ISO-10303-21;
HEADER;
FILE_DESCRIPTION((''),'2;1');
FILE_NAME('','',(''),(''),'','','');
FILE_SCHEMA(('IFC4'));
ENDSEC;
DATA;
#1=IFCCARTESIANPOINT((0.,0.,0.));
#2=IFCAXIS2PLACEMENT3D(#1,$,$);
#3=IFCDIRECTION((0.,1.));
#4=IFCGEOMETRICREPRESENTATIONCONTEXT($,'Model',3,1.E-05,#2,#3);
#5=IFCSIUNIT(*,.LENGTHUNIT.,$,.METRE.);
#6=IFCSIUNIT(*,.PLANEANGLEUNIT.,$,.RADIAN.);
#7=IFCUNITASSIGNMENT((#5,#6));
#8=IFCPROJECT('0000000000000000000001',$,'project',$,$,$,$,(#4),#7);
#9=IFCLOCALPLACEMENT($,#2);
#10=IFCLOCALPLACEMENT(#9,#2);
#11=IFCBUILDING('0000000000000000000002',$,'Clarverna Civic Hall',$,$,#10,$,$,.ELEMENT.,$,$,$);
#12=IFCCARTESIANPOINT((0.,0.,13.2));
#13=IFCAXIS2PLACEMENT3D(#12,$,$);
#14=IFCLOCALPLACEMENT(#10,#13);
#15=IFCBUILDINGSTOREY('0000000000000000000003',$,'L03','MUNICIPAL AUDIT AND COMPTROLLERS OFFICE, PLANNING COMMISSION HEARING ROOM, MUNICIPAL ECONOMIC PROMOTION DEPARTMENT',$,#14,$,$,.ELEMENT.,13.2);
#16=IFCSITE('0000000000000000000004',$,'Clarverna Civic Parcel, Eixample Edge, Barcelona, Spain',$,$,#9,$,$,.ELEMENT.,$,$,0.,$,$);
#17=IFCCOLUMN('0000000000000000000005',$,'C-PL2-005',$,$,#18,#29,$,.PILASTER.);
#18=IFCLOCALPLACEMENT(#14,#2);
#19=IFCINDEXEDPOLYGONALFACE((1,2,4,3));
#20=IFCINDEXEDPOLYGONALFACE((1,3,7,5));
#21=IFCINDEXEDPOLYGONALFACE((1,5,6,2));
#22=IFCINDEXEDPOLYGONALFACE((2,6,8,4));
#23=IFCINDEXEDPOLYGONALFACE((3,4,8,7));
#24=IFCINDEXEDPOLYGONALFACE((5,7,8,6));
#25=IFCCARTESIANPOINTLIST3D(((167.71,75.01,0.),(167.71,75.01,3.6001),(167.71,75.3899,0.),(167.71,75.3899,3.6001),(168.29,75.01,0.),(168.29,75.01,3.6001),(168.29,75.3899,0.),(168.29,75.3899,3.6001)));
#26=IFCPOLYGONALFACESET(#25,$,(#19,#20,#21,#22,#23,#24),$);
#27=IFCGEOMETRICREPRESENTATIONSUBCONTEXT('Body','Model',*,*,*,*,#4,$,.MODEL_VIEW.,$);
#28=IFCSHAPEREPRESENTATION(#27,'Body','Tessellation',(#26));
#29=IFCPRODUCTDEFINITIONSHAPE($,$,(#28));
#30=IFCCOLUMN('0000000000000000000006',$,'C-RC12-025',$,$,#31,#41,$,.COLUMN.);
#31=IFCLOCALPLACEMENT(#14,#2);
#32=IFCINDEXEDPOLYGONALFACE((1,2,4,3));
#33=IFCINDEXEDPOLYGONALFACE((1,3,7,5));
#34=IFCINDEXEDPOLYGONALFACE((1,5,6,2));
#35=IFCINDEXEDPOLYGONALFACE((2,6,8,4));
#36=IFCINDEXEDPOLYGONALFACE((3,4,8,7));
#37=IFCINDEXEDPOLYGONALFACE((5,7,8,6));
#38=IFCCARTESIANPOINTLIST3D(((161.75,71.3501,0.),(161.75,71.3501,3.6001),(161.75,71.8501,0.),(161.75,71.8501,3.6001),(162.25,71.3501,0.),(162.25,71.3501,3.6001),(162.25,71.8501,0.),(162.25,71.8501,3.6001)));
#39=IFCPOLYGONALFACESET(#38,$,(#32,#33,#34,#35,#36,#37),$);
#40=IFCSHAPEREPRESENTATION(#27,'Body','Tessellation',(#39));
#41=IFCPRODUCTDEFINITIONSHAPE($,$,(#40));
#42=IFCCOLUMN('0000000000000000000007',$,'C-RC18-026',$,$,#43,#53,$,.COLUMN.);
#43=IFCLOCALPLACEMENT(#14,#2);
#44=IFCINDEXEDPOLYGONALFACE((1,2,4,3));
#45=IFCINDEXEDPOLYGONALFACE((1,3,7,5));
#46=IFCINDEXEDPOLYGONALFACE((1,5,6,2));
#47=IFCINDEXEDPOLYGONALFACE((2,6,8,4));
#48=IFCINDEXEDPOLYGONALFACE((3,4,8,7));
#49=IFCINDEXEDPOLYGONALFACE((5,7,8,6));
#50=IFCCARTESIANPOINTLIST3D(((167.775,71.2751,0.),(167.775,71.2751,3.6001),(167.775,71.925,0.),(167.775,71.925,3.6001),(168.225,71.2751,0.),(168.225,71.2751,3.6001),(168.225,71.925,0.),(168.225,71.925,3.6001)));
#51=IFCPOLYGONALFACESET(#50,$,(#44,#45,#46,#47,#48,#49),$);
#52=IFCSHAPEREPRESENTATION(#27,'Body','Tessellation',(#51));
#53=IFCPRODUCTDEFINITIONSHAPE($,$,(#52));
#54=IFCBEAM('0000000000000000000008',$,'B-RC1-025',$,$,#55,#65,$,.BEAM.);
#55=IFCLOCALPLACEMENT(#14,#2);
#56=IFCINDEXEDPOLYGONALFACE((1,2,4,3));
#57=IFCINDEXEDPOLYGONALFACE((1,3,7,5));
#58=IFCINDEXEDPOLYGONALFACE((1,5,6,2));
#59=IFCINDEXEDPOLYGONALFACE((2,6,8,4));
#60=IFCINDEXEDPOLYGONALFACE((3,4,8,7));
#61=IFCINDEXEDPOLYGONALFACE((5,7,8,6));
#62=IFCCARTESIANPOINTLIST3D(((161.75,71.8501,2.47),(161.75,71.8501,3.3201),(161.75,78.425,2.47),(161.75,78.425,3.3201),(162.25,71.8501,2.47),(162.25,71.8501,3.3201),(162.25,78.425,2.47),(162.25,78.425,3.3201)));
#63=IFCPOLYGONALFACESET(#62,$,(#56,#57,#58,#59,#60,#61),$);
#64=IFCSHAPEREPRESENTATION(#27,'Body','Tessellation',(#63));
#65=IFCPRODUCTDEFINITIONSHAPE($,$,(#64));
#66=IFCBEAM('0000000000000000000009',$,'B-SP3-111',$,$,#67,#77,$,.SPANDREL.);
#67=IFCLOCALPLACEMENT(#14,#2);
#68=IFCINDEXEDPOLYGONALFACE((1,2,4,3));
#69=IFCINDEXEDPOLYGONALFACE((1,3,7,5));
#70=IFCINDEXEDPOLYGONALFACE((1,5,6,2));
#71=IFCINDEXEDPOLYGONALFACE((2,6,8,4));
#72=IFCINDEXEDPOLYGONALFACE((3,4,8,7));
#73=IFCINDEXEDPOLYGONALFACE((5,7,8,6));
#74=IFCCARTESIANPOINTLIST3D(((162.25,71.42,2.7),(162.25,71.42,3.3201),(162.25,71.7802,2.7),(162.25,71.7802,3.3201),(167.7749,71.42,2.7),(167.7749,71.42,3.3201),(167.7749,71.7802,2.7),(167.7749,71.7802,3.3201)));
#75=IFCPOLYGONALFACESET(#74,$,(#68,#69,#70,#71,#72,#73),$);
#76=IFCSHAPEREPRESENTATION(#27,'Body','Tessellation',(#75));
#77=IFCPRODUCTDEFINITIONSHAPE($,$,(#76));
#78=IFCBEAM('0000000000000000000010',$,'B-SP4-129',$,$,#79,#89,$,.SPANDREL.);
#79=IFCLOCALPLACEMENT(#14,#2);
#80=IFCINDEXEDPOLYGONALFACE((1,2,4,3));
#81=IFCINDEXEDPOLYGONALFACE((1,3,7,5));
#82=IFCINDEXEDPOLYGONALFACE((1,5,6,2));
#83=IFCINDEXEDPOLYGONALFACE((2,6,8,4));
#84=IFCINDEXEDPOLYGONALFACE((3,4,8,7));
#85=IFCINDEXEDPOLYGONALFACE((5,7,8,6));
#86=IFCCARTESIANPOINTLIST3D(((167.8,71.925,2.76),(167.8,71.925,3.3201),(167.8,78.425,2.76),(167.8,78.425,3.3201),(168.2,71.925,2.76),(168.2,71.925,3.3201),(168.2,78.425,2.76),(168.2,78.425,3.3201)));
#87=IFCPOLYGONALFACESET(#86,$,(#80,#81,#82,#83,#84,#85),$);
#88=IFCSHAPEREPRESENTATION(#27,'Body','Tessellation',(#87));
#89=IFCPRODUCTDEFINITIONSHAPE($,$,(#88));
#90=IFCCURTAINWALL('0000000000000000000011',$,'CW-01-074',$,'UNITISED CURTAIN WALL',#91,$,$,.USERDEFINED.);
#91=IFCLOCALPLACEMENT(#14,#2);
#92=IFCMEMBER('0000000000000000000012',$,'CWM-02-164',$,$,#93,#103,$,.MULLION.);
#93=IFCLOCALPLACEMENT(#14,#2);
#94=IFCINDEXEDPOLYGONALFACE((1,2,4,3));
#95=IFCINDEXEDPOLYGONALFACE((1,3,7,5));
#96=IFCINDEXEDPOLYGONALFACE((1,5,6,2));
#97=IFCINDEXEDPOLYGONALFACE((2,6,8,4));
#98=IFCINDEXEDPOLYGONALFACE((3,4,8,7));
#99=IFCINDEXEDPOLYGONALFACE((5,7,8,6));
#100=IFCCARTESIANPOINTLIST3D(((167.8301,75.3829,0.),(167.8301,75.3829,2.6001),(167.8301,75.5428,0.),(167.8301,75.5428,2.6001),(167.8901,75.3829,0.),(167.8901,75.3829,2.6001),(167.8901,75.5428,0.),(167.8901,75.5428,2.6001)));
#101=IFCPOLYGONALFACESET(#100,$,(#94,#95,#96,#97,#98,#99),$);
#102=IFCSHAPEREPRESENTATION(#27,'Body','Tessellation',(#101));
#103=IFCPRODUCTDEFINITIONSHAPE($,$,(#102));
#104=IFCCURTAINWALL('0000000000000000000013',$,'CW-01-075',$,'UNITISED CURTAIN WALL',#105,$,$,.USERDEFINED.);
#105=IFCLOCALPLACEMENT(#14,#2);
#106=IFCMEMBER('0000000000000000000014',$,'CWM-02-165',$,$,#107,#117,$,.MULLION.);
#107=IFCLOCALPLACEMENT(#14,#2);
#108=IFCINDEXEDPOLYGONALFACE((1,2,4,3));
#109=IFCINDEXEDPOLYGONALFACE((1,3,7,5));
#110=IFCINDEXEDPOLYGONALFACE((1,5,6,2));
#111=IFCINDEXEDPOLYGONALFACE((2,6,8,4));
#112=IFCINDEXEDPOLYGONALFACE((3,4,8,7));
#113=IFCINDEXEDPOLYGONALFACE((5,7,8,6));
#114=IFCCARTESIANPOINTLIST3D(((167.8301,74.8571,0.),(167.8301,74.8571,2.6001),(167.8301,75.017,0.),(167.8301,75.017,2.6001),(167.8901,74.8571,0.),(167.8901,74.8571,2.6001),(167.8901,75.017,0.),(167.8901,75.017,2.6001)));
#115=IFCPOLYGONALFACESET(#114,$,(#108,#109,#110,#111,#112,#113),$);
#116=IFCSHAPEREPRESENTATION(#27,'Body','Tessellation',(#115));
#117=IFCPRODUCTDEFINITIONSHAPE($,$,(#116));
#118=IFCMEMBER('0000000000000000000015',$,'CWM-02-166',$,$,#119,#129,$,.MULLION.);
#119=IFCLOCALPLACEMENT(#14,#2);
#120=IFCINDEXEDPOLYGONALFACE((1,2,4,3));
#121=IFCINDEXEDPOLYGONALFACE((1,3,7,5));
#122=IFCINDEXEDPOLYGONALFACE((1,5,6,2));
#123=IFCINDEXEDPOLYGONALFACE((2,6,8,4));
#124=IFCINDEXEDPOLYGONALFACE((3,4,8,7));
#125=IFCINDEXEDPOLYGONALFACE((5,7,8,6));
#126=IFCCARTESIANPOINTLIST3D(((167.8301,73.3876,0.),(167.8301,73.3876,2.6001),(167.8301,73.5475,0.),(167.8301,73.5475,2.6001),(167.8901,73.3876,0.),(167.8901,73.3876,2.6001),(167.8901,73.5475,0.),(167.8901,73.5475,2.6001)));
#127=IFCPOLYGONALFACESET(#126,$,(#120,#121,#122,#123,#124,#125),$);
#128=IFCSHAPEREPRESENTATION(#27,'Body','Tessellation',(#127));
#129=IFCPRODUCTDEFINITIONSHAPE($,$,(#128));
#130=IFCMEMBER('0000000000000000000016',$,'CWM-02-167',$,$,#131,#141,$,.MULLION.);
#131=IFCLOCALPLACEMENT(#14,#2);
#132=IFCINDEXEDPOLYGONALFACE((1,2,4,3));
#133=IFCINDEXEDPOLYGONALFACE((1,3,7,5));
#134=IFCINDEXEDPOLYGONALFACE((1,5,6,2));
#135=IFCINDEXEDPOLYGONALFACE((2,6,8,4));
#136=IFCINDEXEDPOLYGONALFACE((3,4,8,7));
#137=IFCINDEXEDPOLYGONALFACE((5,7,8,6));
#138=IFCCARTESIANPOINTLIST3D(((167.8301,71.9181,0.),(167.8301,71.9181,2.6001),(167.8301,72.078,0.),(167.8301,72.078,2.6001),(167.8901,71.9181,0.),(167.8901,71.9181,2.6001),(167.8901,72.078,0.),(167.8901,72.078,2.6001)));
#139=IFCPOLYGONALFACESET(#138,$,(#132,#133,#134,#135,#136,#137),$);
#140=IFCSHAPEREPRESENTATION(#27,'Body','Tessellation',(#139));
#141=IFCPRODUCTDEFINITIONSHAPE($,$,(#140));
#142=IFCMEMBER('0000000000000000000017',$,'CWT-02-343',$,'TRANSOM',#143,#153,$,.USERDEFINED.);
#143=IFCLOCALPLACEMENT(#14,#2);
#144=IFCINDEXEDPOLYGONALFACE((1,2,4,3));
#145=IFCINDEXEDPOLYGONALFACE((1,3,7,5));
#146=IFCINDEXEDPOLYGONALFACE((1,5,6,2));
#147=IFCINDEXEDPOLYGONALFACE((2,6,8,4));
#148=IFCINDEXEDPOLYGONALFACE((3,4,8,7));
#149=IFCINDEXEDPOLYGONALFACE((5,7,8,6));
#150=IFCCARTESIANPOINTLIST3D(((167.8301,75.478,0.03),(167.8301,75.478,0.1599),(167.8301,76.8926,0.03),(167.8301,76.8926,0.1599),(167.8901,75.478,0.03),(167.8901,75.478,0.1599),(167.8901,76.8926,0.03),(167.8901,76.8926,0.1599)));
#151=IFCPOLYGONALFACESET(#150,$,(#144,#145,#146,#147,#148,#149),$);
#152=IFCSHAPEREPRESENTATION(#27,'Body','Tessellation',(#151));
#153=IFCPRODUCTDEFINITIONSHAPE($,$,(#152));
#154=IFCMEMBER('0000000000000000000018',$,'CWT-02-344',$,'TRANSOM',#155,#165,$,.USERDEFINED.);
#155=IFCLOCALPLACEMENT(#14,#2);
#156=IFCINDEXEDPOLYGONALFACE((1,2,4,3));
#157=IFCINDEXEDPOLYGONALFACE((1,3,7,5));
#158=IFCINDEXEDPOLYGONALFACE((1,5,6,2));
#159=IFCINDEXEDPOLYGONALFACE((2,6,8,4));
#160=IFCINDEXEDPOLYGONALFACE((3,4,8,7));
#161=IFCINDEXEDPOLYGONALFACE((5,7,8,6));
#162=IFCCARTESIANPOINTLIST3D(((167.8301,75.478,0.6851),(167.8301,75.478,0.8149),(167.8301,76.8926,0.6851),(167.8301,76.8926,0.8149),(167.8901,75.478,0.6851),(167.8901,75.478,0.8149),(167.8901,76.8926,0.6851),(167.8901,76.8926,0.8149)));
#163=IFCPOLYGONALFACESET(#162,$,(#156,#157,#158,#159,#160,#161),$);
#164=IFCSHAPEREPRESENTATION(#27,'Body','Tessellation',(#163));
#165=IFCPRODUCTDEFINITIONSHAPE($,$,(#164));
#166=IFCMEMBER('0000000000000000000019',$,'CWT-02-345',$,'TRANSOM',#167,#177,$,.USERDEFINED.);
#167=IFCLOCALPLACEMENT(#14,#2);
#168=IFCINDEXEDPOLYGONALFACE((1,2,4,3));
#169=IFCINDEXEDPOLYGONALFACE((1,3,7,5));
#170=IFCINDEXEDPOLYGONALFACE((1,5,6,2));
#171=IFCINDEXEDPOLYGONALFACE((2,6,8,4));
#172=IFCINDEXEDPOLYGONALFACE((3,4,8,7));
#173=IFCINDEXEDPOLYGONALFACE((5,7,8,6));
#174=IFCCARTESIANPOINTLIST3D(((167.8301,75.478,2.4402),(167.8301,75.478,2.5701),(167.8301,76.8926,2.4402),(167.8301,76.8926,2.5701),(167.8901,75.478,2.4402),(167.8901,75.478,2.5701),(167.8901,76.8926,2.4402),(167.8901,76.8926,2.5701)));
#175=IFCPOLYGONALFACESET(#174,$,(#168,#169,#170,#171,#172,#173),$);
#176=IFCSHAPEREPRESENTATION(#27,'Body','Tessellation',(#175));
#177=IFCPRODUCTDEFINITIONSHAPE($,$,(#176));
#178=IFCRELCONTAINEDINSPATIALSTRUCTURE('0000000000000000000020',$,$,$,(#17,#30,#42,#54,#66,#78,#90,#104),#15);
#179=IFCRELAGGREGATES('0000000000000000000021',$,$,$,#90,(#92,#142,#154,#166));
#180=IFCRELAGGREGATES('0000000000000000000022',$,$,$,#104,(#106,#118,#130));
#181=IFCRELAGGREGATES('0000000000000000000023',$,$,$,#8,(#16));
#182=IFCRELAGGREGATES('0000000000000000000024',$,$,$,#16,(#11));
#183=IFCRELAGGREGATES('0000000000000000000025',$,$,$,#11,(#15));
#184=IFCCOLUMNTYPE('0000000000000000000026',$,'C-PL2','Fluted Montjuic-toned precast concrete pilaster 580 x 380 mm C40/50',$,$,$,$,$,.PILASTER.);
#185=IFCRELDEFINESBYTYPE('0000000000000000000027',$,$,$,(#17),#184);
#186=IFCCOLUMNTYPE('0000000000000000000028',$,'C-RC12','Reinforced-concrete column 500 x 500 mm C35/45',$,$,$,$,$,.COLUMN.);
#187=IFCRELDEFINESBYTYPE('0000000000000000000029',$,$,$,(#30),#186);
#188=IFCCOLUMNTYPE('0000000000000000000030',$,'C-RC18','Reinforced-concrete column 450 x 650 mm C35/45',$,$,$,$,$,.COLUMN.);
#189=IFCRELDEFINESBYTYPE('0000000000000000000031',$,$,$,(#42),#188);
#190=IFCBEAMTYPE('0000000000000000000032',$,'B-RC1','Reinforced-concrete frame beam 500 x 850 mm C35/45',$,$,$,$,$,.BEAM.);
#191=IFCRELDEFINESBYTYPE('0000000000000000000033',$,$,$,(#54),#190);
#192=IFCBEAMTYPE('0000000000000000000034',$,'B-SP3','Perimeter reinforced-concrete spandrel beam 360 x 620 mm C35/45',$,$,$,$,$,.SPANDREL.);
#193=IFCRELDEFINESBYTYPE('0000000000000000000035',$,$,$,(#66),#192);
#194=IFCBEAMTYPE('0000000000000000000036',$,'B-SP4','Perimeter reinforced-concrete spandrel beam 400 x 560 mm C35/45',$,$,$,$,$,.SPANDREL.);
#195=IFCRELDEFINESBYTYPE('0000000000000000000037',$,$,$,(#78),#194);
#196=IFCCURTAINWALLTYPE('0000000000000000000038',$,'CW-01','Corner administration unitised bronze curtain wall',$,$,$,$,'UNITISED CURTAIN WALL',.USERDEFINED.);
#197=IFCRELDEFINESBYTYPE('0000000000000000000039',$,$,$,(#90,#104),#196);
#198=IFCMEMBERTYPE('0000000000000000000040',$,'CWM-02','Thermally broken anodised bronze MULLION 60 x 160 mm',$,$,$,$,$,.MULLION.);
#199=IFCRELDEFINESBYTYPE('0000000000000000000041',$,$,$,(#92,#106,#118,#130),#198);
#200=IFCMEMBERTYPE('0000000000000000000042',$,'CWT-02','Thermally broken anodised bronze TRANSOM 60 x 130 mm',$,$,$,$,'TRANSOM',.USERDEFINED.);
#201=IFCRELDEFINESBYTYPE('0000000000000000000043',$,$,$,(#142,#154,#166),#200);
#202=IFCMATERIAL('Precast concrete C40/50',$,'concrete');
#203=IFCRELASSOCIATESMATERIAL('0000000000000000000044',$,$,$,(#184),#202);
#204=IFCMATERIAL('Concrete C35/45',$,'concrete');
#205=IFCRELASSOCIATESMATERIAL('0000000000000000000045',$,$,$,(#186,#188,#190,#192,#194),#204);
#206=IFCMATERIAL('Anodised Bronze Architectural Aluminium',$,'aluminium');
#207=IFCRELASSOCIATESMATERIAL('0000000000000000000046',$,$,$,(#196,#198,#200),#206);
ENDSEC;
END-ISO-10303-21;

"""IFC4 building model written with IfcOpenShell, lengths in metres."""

from ifc_helpers import new_model, si_unit, direction, frame, origin, origin_2d, place, context, subcontext, project, spatial, rectangle, extrude, material, material_profile, profile_set, type_object, element, aggregate, save


model = new_model("IFC4")

# Units and contexts
model_context = context("Model", 3, precision=1e-05, world=origin(), true_north=direction((0.0, 1.0)))
body_context = subcontext(model_context, "Body", "Model", "MODEL_VIEW")
ifc_project = project(units=[si_unit("LENGTHUNIT", "METRE"), si_unit("PLANEANGLEUNIT", "RADIAN")], contexts=[model_context])

# Site, building, storey
site_placement = place(None, origin())
site = spatial("IfcSite", under=ifc_project, at=site_placement, Name="Clarverna Civic Parcel, Eixample Edge, Barcelona, Spain", CompositionType="ELEMENT", RefElevation=0.0)
building_placement = place(site_placement, origin())
building = spatial("IfcBuilding", under=site, at=building_placement, Name="Clarverna Civic Hall", CompositionType="ELEMENT")
storey_placement = place(building_placement, frame((0.0, 0.0, 13.2)))
storey = spatial("IfcBuildingStorey", under=building, at=storey_placement, Name="L03", Description="MUNICIPAL AUDIT AND COMPTROLLERS OFFICE, PLANNING COMMISSION HEARING ROOM, MUNICIPAL ECONOMIC PROMOTION DEPARTMENT", CompositionType="ELEMENT", Elevation=13.2)

# Columns
ifc_material_1 = material(Name="Precast concrete C40/50", Category="concrete")
ifc_material_profile_1 = material_profile(ifc_material_1, rectangle(XDim=0.5801, YDim=0.3799, at=origin_2d()), Name="PILASTER 580x380")
ifc_profile_set_1 = profile_set([ifc_material_profile_1], Name="Precast concrete C40/50")
column_type_1 = type_object("IfcColumnType", Name="C-PL2", Description="Fluted Montjuic-toned precast concrete pilaster 580 x 380 mm C40/50", PredefinedType="PILASTER", material=ifc_profile_set_1)
column_1_placement = place(storey_placement, frame((168.0, 75.2, 0.0), z_axis=(0.0, 0.0, 1.0), x_axis=(1.0, 0.0, 0.0)))
element("IfcColumn", 1, at=column_1_placement, inside=storey, type_object=column_type_1, Name="C-PL2-005", PredefinedType="PILASTER", context=body_context, shape_type="SweptSolid", body=[
    extrude(rectangle(XDim=0.5801, YDim=0.3799, at=origin_2d()), origin(), (0.0, 0.0, 1.0), 3.6001),
])
ifc_material_2 = material(Name="Concrete C35/45", Category="concrete")
ifc_material_profile_2 = material_profile(ifc_material_2, rectangle(XDim=0.5, YDim=0.5, at=origin_2d()), Name="RC 500x500")
ifc_profile_set_2 = profile_set([ifc_material_profile_2], Name="Concrete C35/45")
column_type_2 = type_object("IfcColumnType", Name="C-RC12", Description="Reinforced-concrete column 500 x 500 mm C35/45", PredefinedType="COLUMN", material=ifc_profile_set_2)
column_2_placement = place(storey_placement, frame((162.0, 71.6001, 0.0), z_axis=(0.0, 0.0, 1.0), x_axis=(1.0, 0.0, 0.0)))
element("IfcColumn", 2, at=column_2_placement, inside=storey, type_object=column_type_2, Name="C-RC12-025", PredefinedType="COLUMN", context=body_context, shape_type="SweptSolid", body=[
    extrude(rectangle(XDim=0.5, YDim=0.5, at=origin_2d()), origin(), (0.0, 0.0, 1.0), 3.6001),
])
ifc_material_profile_3 = material_profile(ifc_material_2, rectangle(XDim=0.45, YDim=0.6499, at=origin_2d()), Name="RC 450x650")
ifc_profile_set_3 = profile_set([ifc_material_profile_3], Name="Concrete C35/45")
column_type_3 = type_object("IfcColumnType", Name="C-RC18", Description="Reinforced-concrete column 450 x 650 mm C35/45", PredefinedType="COLUMN", material=ifc_profile_set_3)
column_3_placement = place(storey_placement, frame((168.0, 71.6001, 0.0), z_axis=(0.0, 0.0, 1.0), x_axis=(1.0, 0.0, 0.0)))
element("IfcColumn", 3, at=column_3_placement, inside=storey, type_object=column_type_3, Name="C-RC18-026", PredefinedType="COLUMN", context=body_context, shape_type="SweptSolid", body=[
    extrude(rectangle(XDim=0.45, YDim=0.6499, at=origin_2d()), origin(), (0.0, 0.0, 1.0), 3.6001),
])

# Beams
ifc_material_profile_4 = material_profile(ifc_material_2, rectangle(XDim=0.5, YDim=0.8501, at=origin_2d()), Name="RC 500x850")
ifc_profile_set_4 = profile_set([ifc_material_profile_4], Name="Concrete C35/45")
beam_type_1 = type_object("IfcBeamType", Name="B-RC1", Description="Reinforced-concrete frame beam 500 x 850 mm C35/45", PredefinedType="BEAM", material=ifc_profile_set_4)
beam_1_placement = place(storey_placement, frame((162.0, 71.8501, 2.895), z_axis=(0.0, 1.0, 0.0), x_axis=(-1.0, 0.0, 0.0)))
element("IfcBeam", 4, at=beam_1_placement, inside=storey, type_object=beam_type_1, Name="B-RC1-025", PredefinedType="BEAM", context=body_context, shape_type="SweptSolid", body=[
    extrude(rectangle(XDim=0.5, YDim=0.8501, at=origin_2d()), origin(), (0.0, 0.0, 1.0), 6.575),
])
ifc_material_profile_5 = material_profile(ifc_material_2, rectangle(XDim=0.3601, YDim=0.6201, at=origin_2d()), Name="RC 360x620")
ifc_profile_set_5 = profile_set([ifc_material_profile_5], Name="Concrete C35/45")
beam_type_2 = type_object("IfcBeamType", Name="B-SP3", Description="Perimeter reinforced-concrete spandrel beam 360 x 620 mm C35/45", PredefinedType="SPANDREL", material=ifc_profile_set_5)
beam_2_placement = place(storey_placement, frame((162.25, 71.6001, 3.01), z_axis=(1.0, 0.0, 0.0), x_axis=(0.0, 1.0, 0.0)))
element("IfcBeam", 5, at=beam_2_placement, inside=storey, type_object=beam_type_2, Name="B-SP3-111", PredefinedType="SPANDREL", context=body_context, shape_type="SweptSolid", body=[
    extrude(rectangle(XDim=0.3601, YDim=0.6201, at=origin_2d()), origin(), (0.0, 0.0, 1.0), 5.5249),
])
ifc_material_profile_6 = material_profile(ifc_material_2, rectangle(XDim=0.3999, YDim=0.5601, at=origin_2d()), Name="RC 400x560")
ifc_profile_set_6 = profile_set([ifc_material_profile_6], Name="Concrete C35/45")
beam_type_3 = type_object("IfcBeamType", Name="B-SP4", Description="Perimeter reinforced-concrete spandrel beam 400 x 560 mm C35/45", PredefinedType="SPANDREL", material=ifc_profile_set_6)
beam_3_placement = place(storey_placement, frame((168.0, 71.925, 3.04), z_axis=(0.0, 1.0, 0.0), x_axis=(-1.0, 0.0, 0.0)))
element("IfcBeam", 6, at=beam_3_placement, inside=storey, type_object=beam_type_3, Name="B-SP4-129", PredefinedType="SPANDREL", context=body_context, shape_type="SweptSolid", body=[
    extrude(rectangle(XDim=0.3999, YDim=0.5601, at=origin_2d()), origin(), (0.0, 0.0, 1.0), 6.5),
])

# Curtain wall, member
ifc_material_3 = material(Name="Anodised Bronze Architectural Aluminium", Category="aluminium")
curtain_wall_type = type_object("IfcCurtainWallType", Name="CW-01", Description="Corner administration unitised bronze curtain wall", ElementType="UNITISED CURTAIN WALL", PredefinedType="USERDEFINED", material=ifc_material_3)
curtain_wall_1_placement = place(storey_placement, origin())
curtain_wall_1 = element("IfcCurtainWall", 7, at=curtain_wall_1_placement, inside=storey, type_object=curtain_wall_type, Name="CW-01-074", ObjectType="UNITISED CURTAIN WALL", PredefinedType="USERDEFINED")
ifc_material_profile_7 = material_profile(ifc_material_3, rectangle(XDim=0.0601, YDim=0.1599, at=origin_2d()), Name="BRONZE 60x160")
ifc_profile_set_7 = profile_set([ifc_material_profile_7], Name="Anodised Bronze Architectural Aluminium")
member_type_1 = type_object("IfcMemberType", Name="CWM-02", Description="Thermally broken anodised bronze MULLION 60 x 160 mm", PredefinedType="MULLION", material=ifc_profile_set_7)
member_1_placement = place(storey_placement, frame((167.8601, 75.4629, 0.0), z_axis=(0.0, 0.0, 1.0), x_axis=(1.0, 0.0, 0.0)))
member_1 = element("IfcMember", 8, at=member_1_placement, type_object=member_type_1, Name="CWM-02-164", PredefinedType="MULLION", context=body_context, shape_type="SweptSolid", body=[
    extrude(rectangle(XDim=0.0601, YDim=0.1599, at=origin_2d()), origin(), (0.0, 0.0, 1.0), 2.6001),
])

# Curtain wall, members
curtain_wall_2_placement = place(storey_placement, origin())
curtain_wall_2 = element("IfcCurtainWall", 9, at=curtain_wall_2_placement, inside=storey, type_object=curtain_wall_type, Name="CW-01-075", ObjectType="UNITISED CURTAIN WALL", PredefinedType="USERDEFINED")
member_2_placement = place(storey_placement, frame((167.8601, 74.937, 0.0), z_axis=(0.0, 0.0, 1.0), x_axis=(1.0, 0.0, 0.0)))
member_2 = element("IfcMember", 10, at=member_2_placement, type_object=member_type_1, Name="CWM-02-165", PredefinedType="MULLION", context=body_context, shape_type="SweptSolid", body=[
    extrude(rectangle(XDim=0.0601, YDim=0.1599, at=origin_2d()), origin(), (0.0, 0.0, 1.0), 2.6001),
])
member_3_placement = place(storey_placement, frame((167.8601, 73.4675, 0.0), z_axis=(0.0, 0.0, 1.0), x_axis=(1.0, 0.0, 0.0)))
member_3 = element("IfcMember", 11, at=member_3_placement, type_object=member_type_1, Name="CWM-02-166", PredefinedType="MULLION", context=body_context, shape_type="SweptSolid", body=[
    extrude(rectangle(XDim=0.0601, YDim=0.1599, at=origin_2d()), origin(), (0.0, 0.0, 1.0), 2.6001),
])
member_4_placement = place(storey_placement, frame((167.8601, 71.998, 0.0), z_axis=(0.0, 0.0, 1.0), x_axis=(1.0, 0.0, 0.0)))
member_4 = element("IfcMember", 12, at=member_4_placement, type_object=member_type_1, Name="CWM-02-167", PredefinedType="MULLION", context=body_context, shape_type="SweptSolid", body=[
    extrude(rectangle(XDim=0.0601, YDim=0.1599, at=origin_2d()), origin(), (0.0, 0.0, 1.0), 2.6001),
])

# Members
ifc_material_profile_8 = material_profile(ifc_material_3, rectangle(XDim=0.0601, YDim=0.1299, at=origin_2d()), Name="BRONZE 60x130")
ifc_profile_set_8 = profile_set([ifc_material_profile_8], Name="Anodised Bronze Architectural Aluminium")
member_type_2 = type_object("IfcMemberType", Name="CWT-02", Description="Thermally broken anodised bronze TRANSOM 60 x 130 mm", ElementType="TRANSOM", PredefinedType="USERDEFINED", material=ifc_profile_set_8)
member_5_placement = place(storey_placement, frame((167.8601, 76.8926, 0.095), z_axis=(0.0, -1.0, 0.0), x_axis=(1.0, 0.0, 0.0)))
member_5 = element("IfcMember", 13, at=member_5_placement, type_object=member_type_2, Name="CWT-02-343", ObjectType="TRANSOM", PredefinedType="USERDEFINED", context=body_context, shape_type="SweptSolid", body=[
    extrude(rectangle(XDim=0.0601, YDim=0.1299, at=origin_2d()), origin(), (0.0, 0.0, 1.0), 1.4146),
])
member_6_placement = place(storey_placement, frame((167.8601, 76.8926, 0.75), z_axis=(0.0, -1.0, 0.0), x_axis=(1.0, 0.0, 0.0)))
member_6 = element("IfcMember", 14, at=member_6_placement, type_object=member_type_2, Name="CWT-02-344", ObjectType="TRANSOM", PredefinedType="USERDEFINED", context=body_context, shape_type="SweptSolid", body=[
    extrude(rectangle(XDim=0.0601, YDim=0.1299, at=origin_2d()), origin(), (0.0, 0.0, 1.0), 1.4146),
])
member_7_placement = place(storey_placement, frame((167.8601, 76.8926, 2.5051), z_axis=(0.0, -1.0, 0.0), x_axis=(1.0, 0.0, 0.0)))
member_7 = element("IfcMember", 15, at=member_7_placement, type_object=member_type_2, Name="CWT-02-345", ObjectType="TRANSOM", PredefinedType="USERDEFINED", context=body_context, shape_type="SweptSolid", body=[
    extrude(rectangle(XDim=0.0601, YDim=0.1299, at=origin_2d()), origin(), (0.0, 0.0, 1.0), 1.4146),
])

aggregate(curtain_wall_1, [member_1, member_5, member_6, member_7])
aggregate(curtain_wall_2, [member_2, member_3, member_4])

save(model, "model.ifc")
